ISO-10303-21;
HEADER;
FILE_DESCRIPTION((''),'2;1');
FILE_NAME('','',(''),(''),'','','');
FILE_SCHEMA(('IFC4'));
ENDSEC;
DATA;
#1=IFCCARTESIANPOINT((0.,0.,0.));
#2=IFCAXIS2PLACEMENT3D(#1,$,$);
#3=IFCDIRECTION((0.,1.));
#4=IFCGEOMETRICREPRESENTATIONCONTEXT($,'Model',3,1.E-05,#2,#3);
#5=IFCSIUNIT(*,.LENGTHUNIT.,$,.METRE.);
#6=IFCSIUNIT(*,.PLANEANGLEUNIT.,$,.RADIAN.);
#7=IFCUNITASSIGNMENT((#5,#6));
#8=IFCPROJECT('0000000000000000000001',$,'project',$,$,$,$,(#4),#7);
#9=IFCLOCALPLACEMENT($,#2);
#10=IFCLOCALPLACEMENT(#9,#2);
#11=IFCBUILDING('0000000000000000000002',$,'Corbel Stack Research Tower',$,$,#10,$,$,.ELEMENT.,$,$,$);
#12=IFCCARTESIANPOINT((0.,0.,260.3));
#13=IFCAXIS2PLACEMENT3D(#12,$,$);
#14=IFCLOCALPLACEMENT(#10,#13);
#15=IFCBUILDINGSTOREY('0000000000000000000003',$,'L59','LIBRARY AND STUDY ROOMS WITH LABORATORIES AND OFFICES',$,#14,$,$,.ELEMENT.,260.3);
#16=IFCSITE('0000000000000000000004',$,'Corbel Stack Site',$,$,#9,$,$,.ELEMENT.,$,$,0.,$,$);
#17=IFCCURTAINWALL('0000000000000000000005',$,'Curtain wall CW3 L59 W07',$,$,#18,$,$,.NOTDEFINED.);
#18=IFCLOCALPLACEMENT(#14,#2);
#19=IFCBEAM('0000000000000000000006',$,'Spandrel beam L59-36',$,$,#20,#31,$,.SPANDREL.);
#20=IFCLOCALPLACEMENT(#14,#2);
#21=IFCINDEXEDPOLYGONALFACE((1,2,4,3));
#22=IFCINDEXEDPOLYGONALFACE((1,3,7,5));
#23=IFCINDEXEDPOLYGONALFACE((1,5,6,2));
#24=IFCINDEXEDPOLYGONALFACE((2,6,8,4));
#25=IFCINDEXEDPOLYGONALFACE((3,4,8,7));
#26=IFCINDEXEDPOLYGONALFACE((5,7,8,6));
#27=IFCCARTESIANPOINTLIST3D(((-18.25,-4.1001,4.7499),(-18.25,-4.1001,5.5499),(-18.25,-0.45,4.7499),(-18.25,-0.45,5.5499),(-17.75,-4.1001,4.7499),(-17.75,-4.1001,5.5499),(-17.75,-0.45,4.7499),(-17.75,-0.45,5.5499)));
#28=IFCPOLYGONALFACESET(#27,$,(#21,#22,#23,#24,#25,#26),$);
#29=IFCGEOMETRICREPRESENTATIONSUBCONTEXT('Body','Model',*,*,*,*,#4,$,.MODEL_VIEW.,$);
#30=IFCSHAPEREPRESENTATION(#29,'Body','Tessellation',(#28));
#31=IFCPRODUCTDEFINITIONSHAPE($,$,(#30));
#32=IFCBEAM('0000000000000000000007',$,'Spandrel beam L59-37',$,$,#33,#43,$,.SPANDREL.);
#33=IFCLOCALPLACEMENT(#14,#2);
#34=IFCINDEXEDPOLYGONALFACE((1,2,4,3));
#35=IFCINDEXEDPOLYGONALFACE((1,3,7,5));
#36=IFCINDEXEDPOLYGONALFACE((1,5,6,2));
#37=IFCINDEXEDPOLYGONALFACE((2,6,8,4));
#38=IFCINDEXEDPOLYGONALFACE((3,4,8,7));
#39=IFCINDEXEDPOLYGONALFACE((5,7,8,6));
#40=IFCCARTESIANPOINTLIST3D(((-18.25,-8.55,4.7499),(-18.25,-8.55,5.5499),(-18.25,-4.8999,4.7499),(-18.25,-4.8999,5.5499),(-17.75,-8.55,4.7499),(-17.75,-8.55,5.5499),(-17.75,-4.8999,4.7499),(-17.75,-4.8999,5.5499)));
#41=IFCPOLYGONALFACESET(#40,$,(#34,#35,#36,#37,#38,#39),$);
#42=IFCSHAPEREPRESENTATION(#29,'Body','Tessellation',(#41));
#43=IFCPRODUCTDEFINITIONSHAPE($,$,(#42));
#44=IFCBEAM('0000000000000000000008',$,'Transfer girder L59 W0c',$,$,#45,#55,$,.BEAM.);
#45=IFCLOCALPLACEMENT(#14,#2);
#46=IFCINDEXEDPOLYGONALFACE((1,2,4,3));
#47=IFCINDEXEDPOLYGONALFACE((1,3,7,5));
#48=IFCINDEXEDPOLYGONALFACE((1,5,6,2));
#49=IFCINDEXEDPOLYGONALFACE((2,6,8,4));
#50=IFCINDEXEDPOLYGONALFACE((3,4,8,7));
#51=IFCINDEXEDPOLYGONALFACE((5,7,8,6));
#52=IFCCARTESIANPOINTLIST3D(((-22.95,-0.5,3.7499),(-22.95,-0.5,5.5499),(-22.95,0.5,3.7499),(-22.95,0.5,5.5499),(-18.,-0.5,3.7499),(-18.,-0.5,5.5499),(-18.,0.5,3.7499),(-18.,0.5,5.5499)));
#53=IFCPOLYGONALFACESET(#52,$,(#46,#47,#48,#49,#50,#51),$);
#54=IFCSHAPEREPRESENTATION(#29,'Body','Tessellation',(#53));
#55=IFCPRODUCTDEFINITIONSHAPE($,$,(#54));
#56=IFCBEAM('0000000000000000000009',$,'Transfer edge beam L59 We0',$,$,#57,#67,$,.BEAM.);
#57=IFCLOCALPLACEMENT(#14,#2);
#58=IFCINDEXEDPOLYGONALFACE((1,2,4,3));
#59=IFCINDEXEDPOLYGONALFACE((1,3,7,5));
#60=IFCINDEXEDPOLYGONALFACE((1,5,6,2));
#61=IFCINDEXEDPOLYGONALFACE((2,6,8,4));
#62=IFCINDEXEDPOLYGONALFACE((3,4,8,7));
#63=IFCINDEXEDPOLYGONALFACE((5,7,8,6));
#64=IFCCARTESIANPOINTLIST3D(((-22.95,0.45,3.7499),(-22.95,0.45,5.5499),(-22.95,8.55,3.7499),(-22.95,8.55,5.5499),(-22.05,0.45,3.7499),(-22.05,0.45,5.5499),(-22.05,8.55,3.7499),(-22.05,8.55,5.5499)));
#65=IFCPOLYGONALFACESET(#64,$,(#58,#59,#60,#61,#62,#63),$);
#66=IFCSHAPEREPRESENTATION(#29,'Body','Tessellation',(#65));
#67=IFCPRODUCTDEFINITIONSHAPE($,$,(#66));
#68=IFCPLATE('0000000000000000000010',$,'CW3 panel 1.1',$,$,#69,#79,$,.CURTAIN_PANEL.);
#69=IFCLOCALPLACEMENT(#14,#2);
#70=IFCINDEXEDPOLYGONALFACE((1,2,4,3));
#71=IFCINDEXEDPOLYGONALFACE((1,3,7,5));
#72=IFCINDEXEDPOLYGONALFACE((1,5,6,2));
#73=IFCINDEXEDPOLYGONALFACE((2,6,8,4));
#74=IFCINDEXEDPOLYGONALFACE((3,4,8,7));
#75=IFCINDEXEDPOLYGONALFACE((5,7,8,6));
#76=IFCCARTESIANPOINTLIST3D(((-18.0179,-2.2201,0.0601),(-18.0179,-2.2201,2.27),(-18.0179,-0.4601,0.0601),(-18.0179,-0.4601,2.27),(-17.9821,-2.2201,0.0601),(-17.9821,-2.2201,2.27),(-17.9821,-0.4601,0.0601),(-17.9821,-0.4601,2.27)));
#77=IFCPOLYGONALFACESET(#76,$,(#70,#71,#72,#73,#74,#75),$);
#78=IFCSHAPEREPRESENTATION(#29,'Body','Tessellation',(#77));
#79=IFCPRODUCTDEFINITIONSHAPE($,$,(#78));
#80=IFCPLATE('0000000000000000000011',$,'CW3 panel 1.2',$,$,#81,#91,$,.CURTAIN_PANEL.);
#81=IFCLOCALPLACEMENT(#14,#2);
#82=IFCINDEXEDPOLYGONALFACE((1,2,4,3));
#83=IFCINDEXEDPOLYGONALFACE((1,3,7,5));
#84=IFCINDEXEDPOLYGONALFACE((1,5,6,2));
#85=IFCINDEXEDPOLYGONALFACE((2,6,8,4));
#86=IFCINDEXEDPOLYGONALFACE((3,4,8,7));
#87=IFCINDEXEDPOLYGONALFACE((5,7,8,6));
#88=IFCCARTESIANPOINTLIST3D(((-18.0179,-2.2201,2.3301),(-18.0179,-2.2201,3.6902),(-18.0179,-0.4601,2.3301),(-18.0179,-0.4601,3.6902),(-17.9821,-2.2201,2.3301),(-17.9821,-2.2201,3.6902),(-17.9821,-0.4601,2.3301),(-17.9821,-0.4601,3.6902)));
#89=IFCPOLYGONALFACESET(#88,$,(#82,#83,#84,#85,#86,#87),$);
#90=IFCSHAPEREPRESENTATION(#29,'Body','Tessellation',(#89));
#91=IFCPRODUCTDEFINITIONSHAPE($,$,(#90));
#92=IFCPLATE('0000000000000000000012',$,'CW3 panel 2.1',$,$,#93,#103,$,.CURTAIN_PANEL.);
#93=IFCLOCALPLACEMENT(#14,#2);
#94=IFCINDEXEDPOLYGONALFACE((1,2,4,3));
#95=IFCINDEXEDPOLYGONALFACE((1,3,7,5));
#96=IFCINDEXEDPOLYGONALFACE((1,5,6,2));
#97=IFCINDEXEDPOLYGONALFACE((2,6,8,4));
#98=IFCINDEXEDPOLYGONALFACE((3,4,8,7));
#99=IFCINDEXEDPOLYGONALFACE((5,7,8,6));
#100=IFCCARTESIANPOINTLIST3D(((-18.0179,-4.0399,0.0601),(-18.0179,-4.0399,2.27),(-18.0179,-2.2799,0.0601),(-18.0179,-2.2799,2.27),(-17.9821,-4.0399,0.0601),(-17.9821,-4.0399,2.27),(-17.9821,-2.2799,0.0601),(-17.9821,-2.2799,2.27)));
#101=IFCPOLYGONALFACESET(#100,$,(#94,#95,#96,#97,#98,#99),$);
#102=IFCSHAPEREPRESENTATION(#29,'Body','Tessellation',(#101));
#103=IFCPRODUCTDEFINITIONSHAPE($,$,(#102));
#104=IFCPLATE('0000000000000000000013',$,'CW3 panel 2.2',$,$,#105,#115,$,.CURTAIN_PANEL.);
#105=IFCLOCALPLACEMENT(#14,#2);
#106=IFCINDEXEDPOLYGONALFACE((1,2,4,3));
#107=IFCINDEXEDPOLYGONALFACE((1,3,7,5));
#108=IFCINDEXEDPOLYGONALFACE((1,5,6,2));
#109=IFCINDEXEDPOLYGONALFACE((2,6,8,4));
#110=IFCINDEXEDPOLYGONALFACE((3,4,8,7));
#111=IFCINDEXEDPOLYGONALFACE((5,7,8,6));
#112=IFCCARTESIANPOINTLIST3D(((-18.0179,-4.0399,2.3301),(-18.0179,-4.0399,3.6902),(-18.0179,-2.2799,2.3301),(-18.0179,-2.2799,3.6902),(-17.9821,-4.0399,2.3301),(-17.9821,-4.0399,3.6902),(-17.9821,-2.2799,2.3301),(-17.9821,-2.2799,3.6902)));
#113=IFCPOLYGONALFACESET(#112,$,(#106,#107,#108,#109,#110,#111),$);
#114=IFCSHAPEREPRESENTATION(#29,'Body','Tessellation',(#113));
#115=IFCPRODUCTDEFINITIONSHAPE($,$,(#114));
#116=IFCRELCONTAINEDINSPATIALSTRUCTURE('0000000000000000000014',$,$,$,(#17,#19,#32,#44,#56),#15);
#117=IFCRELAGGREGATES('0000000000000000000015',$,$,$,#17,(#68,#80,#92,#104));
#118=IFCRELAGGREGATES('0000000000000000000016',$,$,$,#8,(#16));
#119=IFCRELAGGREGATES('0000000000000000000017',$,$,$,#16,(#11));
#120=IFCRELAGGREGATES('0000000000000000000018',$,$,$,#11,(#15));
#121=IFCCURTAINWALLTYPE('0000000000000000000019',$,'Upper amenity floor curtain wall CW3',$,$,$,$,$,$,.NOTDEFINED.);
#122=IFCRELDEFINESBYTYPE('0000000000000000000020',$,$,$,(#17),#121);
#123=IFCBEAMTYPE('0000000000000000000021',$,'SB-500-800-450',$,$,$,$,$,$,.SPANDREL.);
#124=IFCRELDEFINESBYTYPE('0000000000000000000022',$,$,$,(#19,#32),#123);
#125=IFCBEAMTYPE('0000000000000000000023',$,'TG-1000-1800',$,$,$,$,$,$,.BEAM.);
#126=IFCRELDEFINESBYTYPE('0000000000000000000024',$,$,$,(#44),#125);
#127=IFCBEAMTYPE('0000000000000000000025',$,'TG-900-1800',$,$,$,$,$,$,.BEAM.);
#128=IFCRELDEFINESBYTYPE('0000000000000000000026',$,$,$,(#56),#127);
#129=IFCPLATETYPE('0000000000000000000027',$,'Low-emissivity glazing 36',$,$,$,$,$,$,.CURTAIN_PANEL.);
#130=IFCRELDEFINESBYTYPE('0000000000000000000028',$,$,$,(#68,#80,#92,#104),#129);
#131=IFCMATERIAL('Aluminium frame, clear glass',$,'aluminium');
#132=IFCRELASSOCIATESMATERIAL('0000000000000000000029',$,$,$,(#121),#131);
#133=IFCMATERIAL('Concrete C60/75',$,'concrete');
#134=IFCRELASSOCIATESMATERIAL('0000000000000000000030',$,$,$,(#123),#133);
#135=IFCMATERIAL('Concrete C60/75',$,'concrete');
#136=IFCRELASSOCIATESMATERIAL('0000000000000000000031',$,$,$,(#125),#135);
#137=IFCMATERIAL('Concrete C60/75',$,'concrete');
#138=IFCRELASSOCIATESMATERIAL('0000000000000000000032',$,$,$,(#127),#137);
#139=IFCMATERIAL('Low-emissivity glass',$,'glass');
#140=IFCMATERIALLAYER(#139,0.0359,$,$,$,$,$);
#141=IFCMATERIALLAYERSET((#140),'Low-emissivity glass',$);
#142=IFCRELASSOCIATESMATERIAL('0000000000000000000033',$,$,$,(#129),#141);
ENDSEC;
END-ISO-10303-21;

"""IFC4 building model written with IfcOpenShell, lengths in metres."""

from ifc_helpers import new_model, si_unit, direction, frame, origin, origin_2d, place, context, subcontext, project, spatial, rectangle, extrude, material, layer, layer_set, material_profile, profile_set, type_object, element, aggregate, save


model = new_model("IFC4")

# Units and contexts
model_context = context("Model", 3, precision=1e-05, world=origin(), true_north=direction((0.0, 1.0)))
body_context = subcontext(model_context, "Body", "Model", "MODEL_VIEW")
ifc_project = project(units=[si_unit("LENGTHUNIT", "METRE"), si_unit("PLANEANGLEUNIT", "RADIAN")], contexts=[model_context])

# Site, building, storey
site_placement = place(None, origin())
site = spatial("IfcSite", under=ifc_project, at=site_placement, Name="Corbel Stack Site", CompositionType="ELEMENT", RefElevation=0.0)
building_placement = place(site_placement, origin())
building = spatial("IfcBuilding", under=site, at=building_placement, Name="Corbel Stack Research Tower", CompositionType="ELEMENT")
storey_placement = place(building_placement, frame((0.0, 0.0, 260.3)))
storey = spatial("IfcBuildingStorey", under=building, at=storey_placement, Name="L59", Description="LIBRARY AND STUDY ROOMS WITH LABORATORIES AND OFFICES", CompositionType="ELEMENT", Elevation=260.3)

# Curtain wall
ifc_material_1 = material(Name="Aluminium frame, clear glass", Category="aluminium")
curtain_wall_type = type_object("IfcCurtainWallType", Name="Upper amenity floor curtain wall CW3", PredefinedType="NOTDEFINED", material=ifc_material_1)
curtain_wall_1_placement = place(storey_placement, origin())
curtain_wall_1 = element("IfcCurtainWall", 1, at=curtain_wall_1_placement, inside=storey, type_object=curtain_wall_type, Name="Curtain wall CW3 L59 W07", PredefinedType="NOTDEFINED")

# Beams
ifc_material_2 = material(Name="Concrete C60/75", Category="concrete")
ifc_material_profile_1 = material_profile(ifc_material_2, rectangle(XDim=0.5, YDim=0.8, at=origin_2d()), Name="RC 500 x 800")
ifc_profile_set_1 = profile_set([ifc_material_profile_1], Name="Concrete C60/75")
beam_type_1 = type_object("IfcBeamType", Name="SB-500-800-450", PredefinedType="SPANDREL", material=ifc_profile_set_1)
for number, where, z_axis, x_axis, name in (
    (2, (-18.0, -0.45, 5.1499), (0.0, -1.0, 0.0), (1.0, 0.0, 0.0), "Spandrel beam L59-36"),
    (3, (-18.0, -4.8999, 5.1499), (0.0, -1.0, 0.0), (1.0, 0.0, 0.0), "Spandrel beam L59-37"),
):
    element("IfcBeam", number, at=place(storey_placement, frame(where, z_axis=z_axis, x_axis=x_axis)), inside=storey, type_object=beam_type_1, Name=name, PredefinedType="SPANDREL", context=body_context, shape_type="SweptSolid", body=[
        extrude(rectangle(XDim=0.5, YDim=0.8, at=origin_2d()), origin(), (0.0, 0.0, 1.0), 3.6501),
    ])
ifc_material_3 = material(Name="Concrete C60/75", Category="concrete")
ifc_material_profile_2 = material_profile(ifc_material_3, rectangle(XDim=1.0, YDim=1.8, at=origin_2d()), Name="RC 1000 x 1800")
ifc_profile_set_2 = profile_set([ifc_material_profile_2], Name="Concrete C60/75")
beam_type_2 = type_object("IfcBeamType", Name="TG-1000-1800", PredefinedType="BEAM", material=ifc_profile_set_2)
beam_1_placement = place(storey_placement, frame((-22.95, 0.0, 4.6499), z_axis=(1.0, 0.0, 0.0), x_axis=(0.0, 1.0, 0.0)))
element("IfcBeam", 4, at=beam_1_placement, inside=storey, type_object=beam_type_2, Name="Transfer girder L59 W0c", PredefinedType="BEAM", context=body_context, shape_type="SweptSolid", body=[
    extrude(rectangle(XDim=1.0, YDim=1.8, at=origin_2d()), origin(), (0.0, 0.0, 1.0), 4.95),
])
ifc_material_4 = material(Name="Concrete C60/75", Category="concrete")
ifc_material_profile_3 = material_profile(ifc_material_4, rectangle(XDim=0.8999, YDim=1.8, at=origin_2d()), Name="RC 900 x 1800")
ifc_profile_set_3 = profile_set([ifc_material_profile_3], Name="Concrete C60/75")
beam_type_3 = type_object("IfcBeamType", Name="TG-900-1800", PredefinedType="BEAM", material=ifc_profile_set_3)
beam_2_placement = place(storey_placement, frame((-22.5, 0.45, 4.6499), z_axis=(0.0, 1.0, 0.0), x_axis=(-1.0, 0.0, 0.0)))
element("IfcBeam", 5, at=beam_2_placement, inside=storey, type_object=beam_type_3, Name="Transfer edge beam L59 We0", PredefinedType="BEAM", context=body_context, shape_type="SweptSolid", body=[
    extrude(rectangle(XDim=0.8999, YDim=1.8, at=origin_2d()), origin(), (0.0, 0.0, 1.0), 8.1001),
])

# Plates
ifc_material_5 = material(Name="Low-emissivity glass", Category="glass")
ifc_layer = layer(ifc_material_5, 0.0359)
ifc_layer_set = layer_set([ifc_layer], Name="Low-emissivity glass")
plate_type = type_object("IfcPlateType", Name="Low-emissivity glazing 36", PredefinedType="CURTAIN_PANEL", material=ifc_layer_set)
plate_1_placement = place(storey_placement, frame((-18.0, -1.3401, 0.0601), z_axis=(0.0, 0.0, 1.0), x_axis=(0.0, -1.0, 0.0)))
plate_1 = element("IfcPlate", 6, at=plate_1_placement, type_object=plate_type, Name="CW3 panel 1.1", PredefinedType="CURTAIN_PANEL", context=body_context, shape_type="SweptSolid", body=[
    extrude(rectangle(XDim=1.76, YDim=0.0359, at=origin_2d()), origin(), (0.0, 0.0, 1.0), 2.21),
])
plate_2_placement = place(storey_placement, frame((-18.0, -1.3401, 2.3301), z_axis=(0.0, 0.0, 1.0), x_axis=(0.0, -1.0, 0.0)))
plate_2 = element("IfcPlate", 7, at=plate_2_placement, type_object=plate_type, Name="CW3 panel 1.2", PredefinedType="CURTAIN_PANEL", context=body_context, shape_type="SweptSolid", body=[
    extrude(rectangle(XDim=1.76, YDim=0.0359, at=origin_2d()), origin(), (0.0, 0.0, 1.0), 1.3601),
])
plate_3_placement = place(storey_placement, frame((-18.0, -3.1599, 0.0601), z_axis=(0.0, 0.0, 1.0), x_axis=(0.0, -1.0, 0.0)))
plate_3 = element("IfcPlate", 8, at=plate_3_placement, type_object=plate_type, Name="CW3 panel 2.1", PredefinedType="CURTAIN_PANEL", context=body_context, shape_type="SweptSolid", body=[
    extrude(rectangle(XDim=1.76, YDim=0.0359, at=origin_2d()), origin(), (0.0, 0.0, 1.0), 2.21),
])
plate_4_placement = place(storey_placement, frame((-18.0, -3.1599, 2.3301), z_axis=(0.0, 0.0, 1.0), x_axis=(0.0, -1.0, 0.0)))
plate_4 = element("IfcPlate", 9, at=plate_4_placement, type_object=plate_type, Name="CW3 panel 2.2", PredefinedType="CURTAIN_PANEL", context=body_context, shape_type="SweptSolid", body=[
    extrude(rectangle(XDim=1.76, YDim=0.0359, at=origin_2d()), origin(), (0.0, 0.0, 1.0), 1.3601),
])
aggregate(curtain_wall_1, [plate_1, plate_2, plate_3, plate_4])

save(model, "model.ifc")
